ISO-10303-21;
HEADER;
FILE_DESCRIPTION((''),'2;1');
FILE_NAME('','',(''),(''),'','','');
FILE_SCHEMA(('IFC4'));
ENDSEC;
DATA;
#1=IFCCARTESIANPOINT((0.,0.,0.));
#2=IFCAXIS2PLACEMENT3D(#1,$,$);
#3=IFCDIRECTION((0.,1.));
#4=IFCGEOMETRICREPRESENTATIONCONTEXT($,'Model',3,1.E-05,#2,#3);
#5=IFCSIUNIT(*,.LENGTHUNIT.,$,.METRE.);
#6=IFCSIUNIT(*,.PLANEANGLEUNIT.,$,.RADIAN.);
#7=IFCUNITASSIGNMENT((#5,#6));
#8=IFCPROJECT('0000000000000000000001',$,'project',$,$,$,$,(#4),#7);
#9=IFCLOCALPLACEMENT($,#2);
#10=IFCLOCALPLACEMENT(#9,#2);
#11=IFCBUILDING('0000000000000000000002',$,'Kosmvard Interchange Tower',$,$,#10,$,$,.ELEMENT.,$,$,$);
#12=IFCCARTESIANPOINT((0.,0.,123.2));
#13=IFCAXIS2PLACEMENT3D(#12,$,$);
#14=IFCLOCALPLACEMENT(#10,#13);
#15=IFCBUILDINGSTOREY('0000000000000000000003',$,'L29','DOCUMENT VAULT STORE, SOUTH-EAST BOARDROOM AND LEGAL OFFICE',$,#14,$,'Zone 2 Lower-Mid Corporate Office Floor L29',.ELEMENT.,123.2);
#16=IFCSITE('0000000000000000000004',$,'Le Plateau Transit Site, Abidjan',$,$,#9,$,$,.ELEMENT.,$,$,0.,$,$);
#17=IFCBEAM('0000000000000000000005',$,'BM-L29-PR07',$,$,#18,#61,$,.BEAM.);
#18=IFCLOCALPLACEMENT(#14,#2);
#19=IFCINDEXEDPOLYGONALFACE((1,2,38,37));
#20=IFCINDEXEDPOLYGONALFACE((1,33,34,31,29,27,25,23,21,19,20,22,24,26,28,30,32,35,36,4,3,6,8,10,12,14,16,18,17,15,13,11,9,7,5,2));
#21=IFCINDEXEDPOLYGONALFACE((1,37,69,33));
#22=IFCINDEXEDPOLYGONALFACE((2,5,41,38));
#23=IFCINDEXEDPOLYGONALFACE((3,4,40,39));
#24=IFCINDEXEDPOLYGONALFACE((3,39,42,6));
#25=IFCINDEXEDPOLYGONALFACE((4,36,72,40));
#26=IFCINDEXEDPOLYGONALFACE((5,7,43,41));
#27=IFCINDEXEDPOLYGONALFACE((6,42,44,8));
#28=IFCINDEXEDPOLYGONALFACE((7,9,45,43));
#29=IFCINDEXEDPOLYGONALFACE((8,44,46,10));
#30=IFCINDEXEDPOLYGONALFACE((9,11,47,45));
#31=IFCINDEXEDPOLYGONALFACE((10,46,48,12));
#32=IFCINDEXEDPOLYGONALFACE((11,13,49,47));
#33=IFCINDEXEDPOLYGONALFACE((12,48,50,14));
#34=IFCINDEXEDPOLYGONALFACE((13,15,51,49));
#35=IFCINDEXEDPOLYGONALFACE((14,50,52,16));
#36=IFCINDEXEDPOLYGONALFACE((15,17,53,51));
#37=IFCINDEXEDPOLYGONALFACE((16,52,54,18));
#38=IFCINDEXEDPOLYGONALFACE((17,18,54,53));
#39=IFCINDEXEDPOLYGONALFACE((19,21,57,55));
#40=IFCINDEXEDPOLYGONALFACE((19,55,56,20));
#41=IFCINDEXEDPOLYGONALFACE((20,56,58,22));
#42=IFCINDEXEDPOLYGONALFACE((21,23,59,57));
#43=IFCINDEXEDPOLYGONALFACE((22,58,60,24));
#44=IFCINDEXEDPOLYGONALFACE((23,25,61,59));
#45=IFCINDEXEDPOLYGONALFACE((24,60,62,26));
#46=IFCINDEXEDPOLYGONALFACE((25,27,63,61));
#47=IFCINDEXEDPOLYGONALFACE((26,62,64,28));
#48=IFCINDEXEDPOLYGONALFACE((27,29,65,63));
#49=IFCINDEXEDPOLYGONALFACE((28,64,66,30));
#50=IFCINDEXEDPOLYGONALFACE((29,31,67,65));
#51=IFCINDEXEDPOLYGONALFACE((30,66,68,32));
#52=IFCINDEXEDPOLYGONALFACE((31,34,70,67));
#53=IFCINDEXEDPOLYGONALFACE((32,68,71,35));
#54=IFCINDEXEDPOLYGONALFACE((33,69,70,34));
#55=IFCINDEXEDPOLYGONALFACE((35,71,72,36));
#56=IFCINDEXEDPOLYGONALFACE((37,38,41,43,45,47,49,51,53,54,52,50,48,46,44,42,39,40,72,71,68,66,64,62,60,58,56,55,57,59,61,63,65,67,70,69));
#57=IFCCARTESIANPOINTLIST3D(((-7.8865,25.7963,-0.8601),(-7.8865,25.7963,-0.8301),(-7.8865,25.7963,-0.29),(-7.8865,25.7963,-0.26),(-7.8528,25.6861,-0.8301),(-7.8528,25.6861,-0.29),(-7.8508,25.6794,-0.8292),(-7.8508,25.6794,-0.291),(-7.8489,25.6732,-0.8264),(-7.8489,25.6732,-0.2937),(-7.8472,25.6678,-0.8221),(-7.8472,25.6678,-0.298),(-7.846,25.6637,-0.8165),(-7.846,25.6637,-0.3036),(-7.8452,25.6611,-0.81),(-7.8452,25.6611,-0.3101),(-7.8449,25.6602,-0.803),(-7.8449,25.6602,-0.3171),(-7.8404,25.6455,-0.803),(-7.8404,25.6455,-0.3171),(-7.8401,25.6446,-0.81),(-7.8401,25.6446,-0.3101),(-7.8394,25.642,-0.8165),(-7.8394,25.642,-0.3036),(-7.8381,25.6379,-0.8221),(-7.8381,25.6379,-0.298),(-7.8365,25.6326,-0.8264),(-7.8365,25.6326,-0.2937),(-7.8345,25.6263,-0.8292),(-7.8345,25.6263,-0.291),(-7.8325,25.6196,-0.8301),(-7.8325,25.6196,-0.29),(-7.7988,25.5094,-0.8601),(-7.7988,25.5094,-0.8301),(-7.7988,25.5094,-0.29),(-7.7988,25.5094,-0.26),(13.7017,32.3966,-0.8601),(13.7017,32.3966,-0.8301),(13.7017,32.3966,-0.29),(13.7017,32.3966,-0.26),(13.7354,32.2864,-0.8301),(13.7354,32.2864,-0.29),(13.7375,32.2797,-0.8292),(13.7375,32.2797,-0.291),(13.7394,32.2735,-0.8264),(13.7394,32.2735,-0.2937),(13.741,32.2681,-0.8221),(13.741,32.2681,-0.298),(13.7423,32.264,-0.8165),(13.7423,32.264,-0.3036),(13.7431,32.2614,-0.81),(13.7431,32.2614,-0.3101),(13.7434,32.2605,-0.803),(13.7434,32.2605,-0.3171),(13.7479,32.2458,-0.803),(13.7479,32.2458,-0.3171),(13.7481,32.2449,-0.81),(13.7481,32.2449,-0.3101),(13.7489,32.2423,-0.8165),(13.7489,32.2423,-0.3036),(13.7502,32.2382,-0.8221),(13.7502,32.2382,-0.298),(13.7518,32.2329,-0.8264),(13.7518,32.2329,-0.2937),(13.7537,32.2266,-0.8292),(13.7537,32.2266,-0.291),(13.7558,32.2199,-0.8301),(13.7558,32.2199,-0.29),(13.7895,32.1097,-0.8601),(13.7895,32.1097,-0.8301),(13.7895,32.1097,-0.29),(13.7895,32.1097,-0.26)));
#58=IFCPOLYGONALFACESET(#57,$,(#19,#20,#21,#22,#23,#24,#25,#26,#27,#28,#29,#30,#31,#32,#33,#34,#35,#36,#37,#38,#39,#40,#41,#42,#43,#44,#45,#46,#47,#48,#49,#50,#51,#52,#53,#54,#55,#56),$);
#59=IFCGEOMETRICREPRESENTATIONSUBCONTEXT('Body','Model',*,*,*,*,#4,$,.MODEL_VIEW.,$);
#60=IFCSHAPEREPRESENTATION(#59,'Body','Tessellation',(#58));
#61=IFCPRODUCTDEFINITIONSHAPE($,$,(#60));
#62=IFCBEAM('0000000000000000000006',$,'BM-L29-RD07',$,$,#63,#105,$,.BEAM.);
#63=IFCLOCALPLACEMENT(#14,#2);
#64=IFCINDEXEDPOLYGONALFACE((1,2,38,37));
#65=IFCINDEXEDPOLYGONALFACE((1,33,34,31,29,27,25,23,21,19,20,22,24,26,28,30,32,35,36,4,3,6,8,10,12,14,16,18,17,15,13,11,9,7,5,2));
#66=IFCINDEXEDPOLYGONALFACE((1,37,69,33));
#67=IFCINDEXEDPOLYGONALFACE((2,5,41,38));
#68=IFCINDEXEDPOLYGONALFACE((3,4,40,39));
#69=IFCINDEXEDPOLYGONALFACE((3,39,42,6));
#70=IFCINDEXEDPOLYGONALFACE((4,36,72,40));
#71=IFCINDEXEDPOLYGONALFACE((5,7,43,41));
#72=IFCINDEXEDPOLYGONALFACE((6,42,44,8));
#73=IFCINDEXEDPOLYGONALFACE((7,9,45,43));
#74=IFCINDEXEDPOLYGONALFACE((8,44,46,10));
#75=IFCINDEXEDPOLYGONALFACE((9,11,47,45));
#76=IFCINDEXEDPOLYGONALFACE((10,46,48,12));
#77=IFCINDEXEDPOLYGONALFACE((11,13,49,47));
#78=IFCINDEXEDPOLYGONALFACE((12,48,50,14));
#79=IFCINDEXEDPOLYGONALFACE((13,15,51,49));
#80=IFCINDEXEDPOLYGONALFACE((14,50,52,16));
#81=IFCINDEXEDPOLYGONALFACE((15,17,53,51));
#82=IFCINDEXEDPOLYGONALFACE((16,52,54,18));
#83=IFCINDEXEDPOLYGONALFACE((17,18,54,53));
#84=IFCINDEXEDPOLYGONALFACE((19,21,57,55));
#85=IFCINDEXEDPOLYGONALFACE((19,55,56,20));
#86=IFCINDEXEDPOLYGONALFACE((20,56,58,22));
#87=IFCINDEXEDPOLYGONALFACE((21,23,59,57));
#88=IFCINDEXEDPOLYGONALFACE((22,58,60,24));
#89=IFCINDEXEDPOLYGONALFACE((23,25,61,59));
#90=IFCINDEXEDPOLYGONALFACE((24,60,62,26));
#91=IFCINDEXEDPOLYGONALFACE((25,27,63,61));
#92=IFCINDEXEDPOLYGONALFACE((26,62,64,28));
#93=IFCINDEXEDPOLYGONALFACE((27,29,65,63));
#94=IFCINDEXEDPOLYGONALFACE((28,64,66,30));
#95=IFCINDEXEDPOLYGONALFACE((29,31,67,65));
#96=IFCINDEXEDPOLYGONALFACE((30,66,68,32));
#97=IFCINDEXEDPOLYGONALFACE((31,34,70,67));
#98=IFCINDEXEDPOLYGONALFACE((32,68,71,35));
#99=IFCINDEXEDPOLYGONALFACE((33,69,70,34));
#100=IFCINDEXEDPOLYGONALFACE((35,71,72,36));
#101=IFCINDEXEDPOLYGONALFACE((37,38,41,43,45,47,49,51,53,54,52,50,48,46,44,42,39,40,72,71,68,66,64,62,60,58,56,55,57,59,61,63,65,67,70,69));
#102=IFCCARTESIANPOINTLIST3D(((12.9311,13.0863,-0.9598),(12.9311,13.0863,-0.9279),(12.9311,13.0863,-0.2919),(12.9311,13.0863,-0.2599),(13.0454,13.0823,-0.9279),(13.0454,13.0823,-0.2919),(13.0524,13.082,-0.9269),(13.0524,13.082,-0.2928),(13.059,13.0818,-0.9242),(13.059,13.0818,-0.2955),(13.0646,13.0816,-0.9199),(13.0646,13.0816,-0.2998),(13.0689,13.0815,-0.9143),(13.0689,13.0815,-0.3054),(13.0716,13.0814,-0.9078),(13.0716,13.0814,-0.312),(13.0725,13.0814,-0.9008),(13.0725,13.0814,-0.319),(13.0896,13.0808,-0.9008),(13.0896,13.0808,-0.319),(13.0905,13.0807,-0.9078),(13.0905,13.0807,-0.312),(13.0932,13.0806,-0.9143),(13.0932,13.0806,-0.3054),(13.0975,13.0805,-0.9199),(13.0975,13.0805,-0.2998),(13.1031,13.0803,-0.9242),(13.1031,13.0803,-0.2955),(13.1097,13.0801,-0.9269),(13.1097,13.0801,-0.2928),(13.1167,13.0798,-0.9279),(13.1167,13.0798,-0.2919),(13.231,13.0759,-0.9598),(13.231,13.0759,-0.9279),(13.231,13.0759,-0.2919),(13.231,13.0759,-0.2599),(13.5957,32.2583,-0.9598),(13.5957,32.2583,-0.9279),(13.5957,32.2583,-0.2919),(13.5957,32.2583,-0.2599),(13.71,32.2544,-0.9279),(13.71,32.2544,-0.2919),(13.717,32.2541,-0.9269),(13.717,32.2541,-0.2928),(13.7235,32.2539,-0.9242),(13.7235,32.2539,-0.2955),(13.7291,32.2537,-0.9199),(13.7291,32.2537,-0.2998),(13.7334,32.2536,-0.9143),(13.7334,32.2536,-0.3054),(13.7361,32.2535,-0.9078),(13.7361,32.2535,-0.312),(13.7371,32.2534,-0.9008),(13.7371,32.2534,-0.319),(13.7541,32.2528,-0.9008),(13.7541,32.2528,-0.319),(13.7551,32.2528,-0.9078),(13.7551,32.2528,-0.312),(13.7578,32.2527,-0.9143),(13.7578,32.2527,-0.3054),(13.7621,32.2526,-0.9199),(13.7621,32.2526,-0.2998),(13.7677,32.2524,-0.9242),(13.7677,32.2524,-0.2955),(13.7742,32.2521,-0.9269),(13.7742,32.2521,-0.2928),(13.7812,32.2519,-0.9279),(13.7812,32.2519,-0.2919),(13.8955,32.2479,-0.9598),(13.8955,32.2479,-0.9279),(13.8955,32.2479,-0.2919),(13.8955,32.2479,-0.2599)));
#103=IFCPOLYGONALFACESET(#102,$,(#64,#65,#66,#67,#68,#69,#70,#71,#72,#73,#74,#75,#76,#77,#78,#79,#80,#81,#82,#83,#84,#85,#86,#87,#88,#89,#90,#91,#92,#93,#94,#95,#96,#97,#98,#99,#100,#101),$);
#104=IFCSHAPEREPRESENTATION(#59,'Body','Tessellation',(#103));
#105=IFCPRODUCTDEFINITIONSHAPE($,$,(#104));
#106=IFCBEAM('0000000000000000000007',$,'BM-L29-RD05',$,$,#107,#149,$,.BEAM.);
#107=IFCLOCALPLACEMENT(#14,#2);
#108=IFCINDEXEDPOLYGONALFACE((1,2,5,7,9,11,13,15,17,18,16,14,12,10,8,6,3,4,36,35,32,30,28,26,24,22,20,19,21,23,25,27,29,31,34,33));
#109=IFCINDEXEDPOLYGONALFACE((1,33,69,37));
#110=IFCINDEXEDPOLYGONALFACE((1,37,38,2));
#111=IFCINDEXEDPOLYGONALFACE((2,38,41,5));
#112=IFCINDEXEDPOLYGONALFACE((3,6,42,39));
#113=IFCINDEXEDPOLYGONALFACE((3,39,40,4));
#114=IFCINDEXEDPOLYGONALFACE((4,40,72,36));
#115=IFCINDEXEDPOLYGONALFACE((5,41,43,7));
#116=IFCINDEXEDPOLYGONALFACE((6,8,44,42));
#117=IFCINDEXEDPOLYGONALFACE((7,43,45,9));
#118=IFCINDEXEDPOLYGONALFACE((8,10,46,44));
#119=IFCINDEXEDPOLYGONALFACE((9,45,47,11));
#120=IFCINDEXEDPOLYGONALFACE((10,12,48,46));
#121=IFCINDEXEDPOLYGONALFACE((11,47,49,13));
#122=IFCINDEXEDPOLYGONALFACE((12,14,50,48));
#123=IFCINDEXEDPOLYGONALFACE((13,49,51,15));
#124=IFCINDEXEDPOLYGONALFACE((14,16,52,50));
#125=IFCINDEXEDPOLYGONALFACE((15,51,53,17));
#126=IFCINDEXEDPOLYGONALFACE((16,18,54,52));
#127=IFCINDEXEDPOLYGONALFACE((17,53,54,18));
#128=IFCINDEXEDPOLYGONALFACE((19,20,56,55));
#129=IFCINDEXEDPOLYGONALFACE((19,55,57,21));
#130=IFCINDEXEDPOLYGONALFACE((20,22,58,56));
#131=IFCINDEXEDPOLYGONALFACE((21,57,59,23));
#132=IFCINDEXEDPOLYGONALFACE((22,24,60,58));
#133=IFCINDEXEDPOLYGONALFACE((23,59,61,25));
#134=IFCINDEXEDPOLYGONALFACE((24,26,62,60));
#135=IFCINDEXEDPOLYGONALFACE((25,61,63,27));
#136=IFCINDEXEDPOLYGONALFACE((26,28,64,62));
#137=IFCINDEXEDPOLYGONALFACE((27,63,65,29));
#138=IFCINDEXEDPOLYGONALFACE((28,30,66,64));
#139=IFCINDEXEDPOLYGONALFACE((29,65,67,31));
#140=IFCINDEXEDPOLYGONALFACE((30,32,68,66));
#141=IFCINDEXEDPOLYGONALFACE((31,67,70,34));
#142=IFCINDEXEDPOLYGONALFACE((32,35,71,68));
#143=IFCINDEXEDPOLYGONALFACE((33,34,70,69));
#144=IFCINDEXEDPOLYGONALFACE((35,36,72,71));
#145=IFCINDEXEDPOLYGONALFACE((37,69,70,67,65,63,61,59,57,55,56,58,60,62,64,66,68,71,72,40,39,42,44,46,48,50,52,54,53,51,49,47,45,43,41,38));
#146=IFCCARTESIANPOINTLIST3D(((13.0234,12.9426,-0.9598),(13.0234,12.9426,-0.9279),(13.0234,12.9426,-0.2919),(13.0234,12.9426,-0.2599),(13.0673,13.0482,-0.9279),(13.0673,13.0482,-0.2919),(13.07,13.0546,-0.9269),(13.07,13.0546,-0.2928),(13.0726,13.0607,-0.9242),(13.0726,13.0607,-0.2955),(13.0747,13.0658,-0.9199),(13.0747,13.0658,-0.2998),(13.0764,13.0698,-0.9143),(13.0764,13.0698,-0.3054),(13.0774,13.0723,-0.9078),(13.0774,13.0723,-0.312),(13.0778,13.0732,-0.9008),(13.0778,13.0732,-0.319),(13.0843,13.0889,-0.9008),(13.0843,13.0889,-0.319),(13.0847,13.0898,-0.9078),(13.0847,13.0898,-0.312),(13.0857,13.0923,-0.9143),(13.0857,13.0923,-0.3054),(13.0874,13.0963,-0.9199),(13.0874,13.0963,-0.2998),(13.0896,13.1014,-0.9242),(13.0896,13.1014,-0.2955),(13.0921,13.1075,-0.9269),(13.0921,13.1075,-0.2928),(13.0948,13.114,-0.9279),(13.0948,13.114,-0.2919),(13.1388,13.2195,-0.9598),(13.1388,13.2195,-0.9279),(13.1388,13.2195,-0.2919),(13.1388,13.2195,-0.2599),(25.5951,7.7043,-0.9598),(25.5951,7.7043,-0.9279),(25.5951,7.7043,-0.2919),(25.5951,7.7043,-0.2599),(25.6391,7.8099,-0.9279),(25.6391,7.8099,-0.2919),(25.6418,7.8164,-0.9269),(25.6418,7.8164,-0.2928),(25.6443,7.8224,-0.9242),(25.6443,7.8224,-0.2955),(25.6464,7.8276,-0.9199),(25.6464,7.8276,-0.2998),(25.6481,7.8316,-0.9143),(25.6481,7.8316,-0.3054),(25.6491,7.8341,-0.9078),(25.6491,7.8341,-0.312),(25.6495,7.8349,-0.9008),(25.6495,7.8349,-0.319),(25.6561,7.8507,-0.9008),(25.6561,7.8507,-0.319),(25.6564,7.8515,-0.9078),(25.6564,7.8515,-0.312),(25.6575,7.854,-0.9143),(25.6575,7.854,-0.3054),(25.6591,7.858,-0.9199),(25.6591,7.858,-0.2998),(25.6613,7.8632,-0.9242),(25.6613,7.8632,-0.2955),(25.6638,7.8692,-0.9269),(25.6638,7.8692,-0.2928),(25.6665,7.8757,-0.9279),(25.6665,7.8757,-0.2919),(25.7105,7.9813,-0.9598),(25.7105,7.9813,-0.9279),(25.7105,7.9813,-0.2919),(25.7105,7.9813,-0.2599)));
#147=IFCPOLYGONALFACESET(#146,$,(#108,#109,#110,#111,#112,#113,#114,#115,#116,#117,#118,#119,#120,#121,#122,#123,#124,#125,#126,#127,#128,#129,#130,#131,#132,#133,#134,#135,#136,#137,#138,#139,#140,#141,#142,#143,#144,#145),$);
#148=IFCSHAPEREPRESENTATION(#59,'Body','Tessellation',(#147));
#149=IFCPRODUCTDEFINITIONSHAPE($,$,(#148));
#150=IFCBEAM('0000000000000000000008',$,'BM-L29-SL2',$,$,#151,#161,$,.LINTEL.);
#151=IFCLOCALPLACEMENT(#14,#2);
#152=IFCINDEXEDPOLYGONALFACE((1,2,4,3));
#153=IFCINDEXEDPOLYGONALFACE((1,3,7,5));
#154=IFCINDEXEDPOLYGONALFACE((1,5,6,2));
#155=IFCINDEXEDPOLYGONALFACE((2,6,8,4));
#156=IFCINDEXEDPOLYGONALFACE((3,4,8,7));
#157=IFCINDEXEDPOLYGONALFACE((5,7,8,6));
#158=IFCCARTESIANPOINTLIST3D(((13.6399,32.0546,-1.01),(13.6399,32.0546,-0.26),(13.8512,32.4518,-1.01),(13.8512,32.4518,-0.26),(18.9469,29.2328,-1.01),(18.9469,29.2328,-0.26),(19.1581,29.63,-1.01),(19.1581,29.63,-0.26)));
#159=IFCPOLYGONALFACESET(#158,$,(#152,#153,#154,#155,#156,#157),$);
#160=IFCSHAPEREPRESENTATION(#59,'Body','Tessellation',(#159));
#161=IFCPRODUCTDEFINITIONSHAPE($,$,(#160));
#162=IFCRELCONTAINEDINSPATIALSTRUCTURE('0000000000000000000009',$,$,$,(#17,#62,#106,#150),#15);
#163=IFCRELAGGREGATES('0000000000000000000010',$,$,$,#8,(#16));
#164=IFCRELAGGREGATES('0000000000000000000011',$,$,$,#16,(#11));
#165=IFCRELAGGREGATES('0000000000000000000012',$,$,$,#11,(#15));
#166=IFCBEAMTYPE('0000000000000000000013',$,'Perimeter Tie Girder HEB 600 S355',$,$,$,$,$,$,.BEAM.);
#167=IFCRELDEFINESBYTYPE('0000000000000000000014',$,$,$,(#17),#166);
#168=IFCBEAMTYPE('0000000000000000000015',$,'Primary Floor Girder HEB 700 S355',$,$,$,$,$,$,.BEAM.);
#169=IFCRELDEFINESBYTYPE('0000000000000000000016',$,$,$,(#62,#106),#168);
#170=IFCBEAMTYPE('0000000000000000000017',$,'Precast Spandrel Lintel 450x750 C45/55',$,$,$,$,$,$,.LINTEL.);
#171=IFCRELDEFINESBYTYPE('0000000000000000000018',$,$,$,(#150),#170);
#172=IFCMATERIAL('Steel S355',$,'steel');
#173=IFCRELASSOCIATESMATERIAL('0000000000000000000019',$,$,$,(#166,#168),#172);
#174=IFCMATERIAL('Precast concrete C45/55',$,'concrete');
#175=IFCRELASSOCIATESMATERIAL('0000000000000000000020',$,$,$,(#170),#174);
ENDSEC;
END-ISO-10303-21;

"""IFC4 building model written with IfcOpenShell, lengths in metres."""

from ifc_helpers import new_model, si_unit, direction, frame, origin, origin_2d, place, context, subcontext, project, spatial, rectangle, i_section, extrude, source, transform, mapped, material, material_profile, profile_set, type_object, element, save


model = new_model("IFC4")

# Units and contexts
model_context = context("Model", 3, precision=1e-05, world=origin(), true_north=direction((0.0, 1.0)))
body_context = subcontext(model_context, "Body", "Model", "MODEL_VIEW")
ifc_project = project(units=[si_unit("LENGTHUNIT", "METRE"), si_unit("PLANEANGLEUNIT", "RADIAN")], contexts=[model_context])

# Site, building, storey
site_placement = place(None, origin())
site = spatial("IfcSite", under=ifc_project, at=site_placement, Name="Le Plateau Transit Site, Abidjan", CompositionType="ELEMENT", RefElevation=0.0)
building_placement = place(site_placement, origin())
building = spatial("IfcBuilding", under=site, at=building_placement, Name="Kosmvard Interchange Tower", CompositionType="ELEMENT")
storey_placement = place(building_placement, frame((0.0, 0.0, 123.2)))
storey = spatial("IfcBuildingStorey", under=building, at=storey_placement, Name="L29", Description="DOCUMENT VAULT STORE, SOUTH-EAST BOARDROOM AND LEGAL OFFICE", LongName="Zone 2 Lower-Mid Corporate Office Floor L29", CompositionType="ELEMENT", Elevation=123.2)

# Beams
ifc_material_1 = material(Name="Steel S355", Category="steel")
ifc_material_profile_1 = material_profile(ifc_material_1, i_section(OverallWidth=0.3, OverallDepth=0.6001, WebThickness=0.0154, FlangeThickness=0.03, FilletRadius=0.0271, at=origin_2d()), Name="HEB 600")
ifc_profile_set_1 = profile_set([ifc_material_profile_1], Name="Steel S355")
beam_type_1 = type_object("IfcBeamType", Name="Perimeter Tie Girder HEB 600 S355", PredefinedType="BEAM", material=ifc_profile_set_1)
shared_shape_1 = source(origin(), body_context, "Body", "SweptSolid", [
    extrude(i_section(OverallWidth=0.3, OverallDepth=0.6001, WebThickness=0.0154, FlangeThickness=0.03, FilletRadius=0.0271, at=origin_2d()), origin(), (0.0, 0.0, 1.0), 22.5747),
])
beam_1_placement = place(storey_placement, frame((13.7456, 32.2532, -0.5601), z_axis=(-0.956303, -0.292376, 0.0), x_axis=(0.292376, -0.956303, 0.0)))
element("IfcBeam", 1, at=beam_1_placement, inside=storey, type_object=beam_type_1, Name="BM-L29-PR07", PredefinedType="BEAM", context=body_context, shape_type="MappedRepresentation", body=[
    mapped(shared_shape_1, transform((0.0, 0.0, 0.0), scale=1.0)),
])
ifc_material_profile_2 = material_profile(ifc_material_1, i_section(OverallWidth=0.3, OverallDepth=0.7, WebThickness=0.0171, FlangeThickness=0.032, FilletRadius=0.0271, at=origin_2d()), Name="HEB 700")
ifc_profile_set_2 = profile_set([ifc_material_profile_2], Name="Steel S355")
beam_type_2 = type_object("IfcBeamType", Name="Primary Floor Girder HEB 700 S355", PredefinedType="BEAM", material=ifc_profile_set_2)
shared_shape_2 = source(origin(), body_context, "Body", "SweptSolid", [
    extrude(i_section(OverallWidth=0.3, OverallDepth=0.7, WebThickness=0.0171, FlangeThickness=0.032, FilletRadius=0.0271, at=origin_2d()), origin(), (0.0, 0.0, 1.0), 19.1836),
])
beam_2_placement = place(storey_placement, frame((13.0811, 13.0811, -0.6099), z_axis=(0.034642, 0.9994, 0.0), x_axis=(-0.9994, 0.034642, 0.0)))
element("IfcBeam", 2, at=beam_2_placement, inside=storey, type_object=beam_type_2, Name="BM-L29-RD07", PredefinedType="BEAM", context=body_context, shape_type="MappedRepresentation", body=[
    mapped(shared_shape_2, transform((0.0, 0.0, 0.0), scale=1.0)),
])
shared_shape_3 = source(origin(), body_context, "Body", "SweptSolid", [
    extrude(i_section(OverallWidth=0.3, OverallDepth=0.7, WebThickness=0.0171, FlangeThickness=0.032, FilletRadius=0.0271, at=origin_2d()), origin(), (0.0, 0.0, 1.0), 13.6194),
])
beam_3_placement = place(storey_placement, frame((13.0811, 13.0811, -0.6099), z_axis=(0.923076, -0.384618, 0.0), x_axis=(0.384618, 0.923076, 0.0)))
element("IfcBeam", 3, at=beam_3_placement, inside=storey, type_object=beam_type_2, Name="BM-L29-RD05", PredefinedType="BEAM", context=body_context, shape_type="MappedRepresentation", body=[
    mapped(shared_shape_3, transform((0.0, 0.0, 0.0), scale=1.0)),
])
ifc_material_2 = material(Name="Precast concrete C45/55", Category="concrete")
ifc_material_profile_3 = material_profile(ifc_material_2, rectangle(XDim=0.45, YDim=0.75, at=origin_2d()), Name="SL 450x750")
ifc_profile_set_3 = profile_set([ifc_material_profile_3], Name="Precast concrete C45/55")
beam_type_3 = type_object("IfcBeamType", Name="Precast Spandrel Lintel 450x750 C45/55", PredefinedType="LINTEL", material=ifc_profile_set_3)
shared_shape_4 = source(origin(), body_context, "Body", "SweptSolid", [
    extrude(rectangle(XDim=0.45, YDim=0.75, at=origin_2d()), origin(), (0.0, 0.0, 1.0), 6.0105),
])
beam_4_placement = place(storey_placement, frame((19.0525, 29.4314, -0.635), z_axis=(-0.882944, 0.469479, 0.0), x_axis=(-0.469479, -0.882944, 0.0)))
element("IfcBeam", 4, at=beam_4_placement, inside=storey, type_object=beam_type_3, Name="BM-L29-SL2", PredefinedType="LINTEL", context=body_context, shape_type="MappedRepresentation", body=[
    mapped(shared_shape_4, transform((0.0, 0.0, 0.0), scale=1.0)),
])

save(model, "model.ifc")
